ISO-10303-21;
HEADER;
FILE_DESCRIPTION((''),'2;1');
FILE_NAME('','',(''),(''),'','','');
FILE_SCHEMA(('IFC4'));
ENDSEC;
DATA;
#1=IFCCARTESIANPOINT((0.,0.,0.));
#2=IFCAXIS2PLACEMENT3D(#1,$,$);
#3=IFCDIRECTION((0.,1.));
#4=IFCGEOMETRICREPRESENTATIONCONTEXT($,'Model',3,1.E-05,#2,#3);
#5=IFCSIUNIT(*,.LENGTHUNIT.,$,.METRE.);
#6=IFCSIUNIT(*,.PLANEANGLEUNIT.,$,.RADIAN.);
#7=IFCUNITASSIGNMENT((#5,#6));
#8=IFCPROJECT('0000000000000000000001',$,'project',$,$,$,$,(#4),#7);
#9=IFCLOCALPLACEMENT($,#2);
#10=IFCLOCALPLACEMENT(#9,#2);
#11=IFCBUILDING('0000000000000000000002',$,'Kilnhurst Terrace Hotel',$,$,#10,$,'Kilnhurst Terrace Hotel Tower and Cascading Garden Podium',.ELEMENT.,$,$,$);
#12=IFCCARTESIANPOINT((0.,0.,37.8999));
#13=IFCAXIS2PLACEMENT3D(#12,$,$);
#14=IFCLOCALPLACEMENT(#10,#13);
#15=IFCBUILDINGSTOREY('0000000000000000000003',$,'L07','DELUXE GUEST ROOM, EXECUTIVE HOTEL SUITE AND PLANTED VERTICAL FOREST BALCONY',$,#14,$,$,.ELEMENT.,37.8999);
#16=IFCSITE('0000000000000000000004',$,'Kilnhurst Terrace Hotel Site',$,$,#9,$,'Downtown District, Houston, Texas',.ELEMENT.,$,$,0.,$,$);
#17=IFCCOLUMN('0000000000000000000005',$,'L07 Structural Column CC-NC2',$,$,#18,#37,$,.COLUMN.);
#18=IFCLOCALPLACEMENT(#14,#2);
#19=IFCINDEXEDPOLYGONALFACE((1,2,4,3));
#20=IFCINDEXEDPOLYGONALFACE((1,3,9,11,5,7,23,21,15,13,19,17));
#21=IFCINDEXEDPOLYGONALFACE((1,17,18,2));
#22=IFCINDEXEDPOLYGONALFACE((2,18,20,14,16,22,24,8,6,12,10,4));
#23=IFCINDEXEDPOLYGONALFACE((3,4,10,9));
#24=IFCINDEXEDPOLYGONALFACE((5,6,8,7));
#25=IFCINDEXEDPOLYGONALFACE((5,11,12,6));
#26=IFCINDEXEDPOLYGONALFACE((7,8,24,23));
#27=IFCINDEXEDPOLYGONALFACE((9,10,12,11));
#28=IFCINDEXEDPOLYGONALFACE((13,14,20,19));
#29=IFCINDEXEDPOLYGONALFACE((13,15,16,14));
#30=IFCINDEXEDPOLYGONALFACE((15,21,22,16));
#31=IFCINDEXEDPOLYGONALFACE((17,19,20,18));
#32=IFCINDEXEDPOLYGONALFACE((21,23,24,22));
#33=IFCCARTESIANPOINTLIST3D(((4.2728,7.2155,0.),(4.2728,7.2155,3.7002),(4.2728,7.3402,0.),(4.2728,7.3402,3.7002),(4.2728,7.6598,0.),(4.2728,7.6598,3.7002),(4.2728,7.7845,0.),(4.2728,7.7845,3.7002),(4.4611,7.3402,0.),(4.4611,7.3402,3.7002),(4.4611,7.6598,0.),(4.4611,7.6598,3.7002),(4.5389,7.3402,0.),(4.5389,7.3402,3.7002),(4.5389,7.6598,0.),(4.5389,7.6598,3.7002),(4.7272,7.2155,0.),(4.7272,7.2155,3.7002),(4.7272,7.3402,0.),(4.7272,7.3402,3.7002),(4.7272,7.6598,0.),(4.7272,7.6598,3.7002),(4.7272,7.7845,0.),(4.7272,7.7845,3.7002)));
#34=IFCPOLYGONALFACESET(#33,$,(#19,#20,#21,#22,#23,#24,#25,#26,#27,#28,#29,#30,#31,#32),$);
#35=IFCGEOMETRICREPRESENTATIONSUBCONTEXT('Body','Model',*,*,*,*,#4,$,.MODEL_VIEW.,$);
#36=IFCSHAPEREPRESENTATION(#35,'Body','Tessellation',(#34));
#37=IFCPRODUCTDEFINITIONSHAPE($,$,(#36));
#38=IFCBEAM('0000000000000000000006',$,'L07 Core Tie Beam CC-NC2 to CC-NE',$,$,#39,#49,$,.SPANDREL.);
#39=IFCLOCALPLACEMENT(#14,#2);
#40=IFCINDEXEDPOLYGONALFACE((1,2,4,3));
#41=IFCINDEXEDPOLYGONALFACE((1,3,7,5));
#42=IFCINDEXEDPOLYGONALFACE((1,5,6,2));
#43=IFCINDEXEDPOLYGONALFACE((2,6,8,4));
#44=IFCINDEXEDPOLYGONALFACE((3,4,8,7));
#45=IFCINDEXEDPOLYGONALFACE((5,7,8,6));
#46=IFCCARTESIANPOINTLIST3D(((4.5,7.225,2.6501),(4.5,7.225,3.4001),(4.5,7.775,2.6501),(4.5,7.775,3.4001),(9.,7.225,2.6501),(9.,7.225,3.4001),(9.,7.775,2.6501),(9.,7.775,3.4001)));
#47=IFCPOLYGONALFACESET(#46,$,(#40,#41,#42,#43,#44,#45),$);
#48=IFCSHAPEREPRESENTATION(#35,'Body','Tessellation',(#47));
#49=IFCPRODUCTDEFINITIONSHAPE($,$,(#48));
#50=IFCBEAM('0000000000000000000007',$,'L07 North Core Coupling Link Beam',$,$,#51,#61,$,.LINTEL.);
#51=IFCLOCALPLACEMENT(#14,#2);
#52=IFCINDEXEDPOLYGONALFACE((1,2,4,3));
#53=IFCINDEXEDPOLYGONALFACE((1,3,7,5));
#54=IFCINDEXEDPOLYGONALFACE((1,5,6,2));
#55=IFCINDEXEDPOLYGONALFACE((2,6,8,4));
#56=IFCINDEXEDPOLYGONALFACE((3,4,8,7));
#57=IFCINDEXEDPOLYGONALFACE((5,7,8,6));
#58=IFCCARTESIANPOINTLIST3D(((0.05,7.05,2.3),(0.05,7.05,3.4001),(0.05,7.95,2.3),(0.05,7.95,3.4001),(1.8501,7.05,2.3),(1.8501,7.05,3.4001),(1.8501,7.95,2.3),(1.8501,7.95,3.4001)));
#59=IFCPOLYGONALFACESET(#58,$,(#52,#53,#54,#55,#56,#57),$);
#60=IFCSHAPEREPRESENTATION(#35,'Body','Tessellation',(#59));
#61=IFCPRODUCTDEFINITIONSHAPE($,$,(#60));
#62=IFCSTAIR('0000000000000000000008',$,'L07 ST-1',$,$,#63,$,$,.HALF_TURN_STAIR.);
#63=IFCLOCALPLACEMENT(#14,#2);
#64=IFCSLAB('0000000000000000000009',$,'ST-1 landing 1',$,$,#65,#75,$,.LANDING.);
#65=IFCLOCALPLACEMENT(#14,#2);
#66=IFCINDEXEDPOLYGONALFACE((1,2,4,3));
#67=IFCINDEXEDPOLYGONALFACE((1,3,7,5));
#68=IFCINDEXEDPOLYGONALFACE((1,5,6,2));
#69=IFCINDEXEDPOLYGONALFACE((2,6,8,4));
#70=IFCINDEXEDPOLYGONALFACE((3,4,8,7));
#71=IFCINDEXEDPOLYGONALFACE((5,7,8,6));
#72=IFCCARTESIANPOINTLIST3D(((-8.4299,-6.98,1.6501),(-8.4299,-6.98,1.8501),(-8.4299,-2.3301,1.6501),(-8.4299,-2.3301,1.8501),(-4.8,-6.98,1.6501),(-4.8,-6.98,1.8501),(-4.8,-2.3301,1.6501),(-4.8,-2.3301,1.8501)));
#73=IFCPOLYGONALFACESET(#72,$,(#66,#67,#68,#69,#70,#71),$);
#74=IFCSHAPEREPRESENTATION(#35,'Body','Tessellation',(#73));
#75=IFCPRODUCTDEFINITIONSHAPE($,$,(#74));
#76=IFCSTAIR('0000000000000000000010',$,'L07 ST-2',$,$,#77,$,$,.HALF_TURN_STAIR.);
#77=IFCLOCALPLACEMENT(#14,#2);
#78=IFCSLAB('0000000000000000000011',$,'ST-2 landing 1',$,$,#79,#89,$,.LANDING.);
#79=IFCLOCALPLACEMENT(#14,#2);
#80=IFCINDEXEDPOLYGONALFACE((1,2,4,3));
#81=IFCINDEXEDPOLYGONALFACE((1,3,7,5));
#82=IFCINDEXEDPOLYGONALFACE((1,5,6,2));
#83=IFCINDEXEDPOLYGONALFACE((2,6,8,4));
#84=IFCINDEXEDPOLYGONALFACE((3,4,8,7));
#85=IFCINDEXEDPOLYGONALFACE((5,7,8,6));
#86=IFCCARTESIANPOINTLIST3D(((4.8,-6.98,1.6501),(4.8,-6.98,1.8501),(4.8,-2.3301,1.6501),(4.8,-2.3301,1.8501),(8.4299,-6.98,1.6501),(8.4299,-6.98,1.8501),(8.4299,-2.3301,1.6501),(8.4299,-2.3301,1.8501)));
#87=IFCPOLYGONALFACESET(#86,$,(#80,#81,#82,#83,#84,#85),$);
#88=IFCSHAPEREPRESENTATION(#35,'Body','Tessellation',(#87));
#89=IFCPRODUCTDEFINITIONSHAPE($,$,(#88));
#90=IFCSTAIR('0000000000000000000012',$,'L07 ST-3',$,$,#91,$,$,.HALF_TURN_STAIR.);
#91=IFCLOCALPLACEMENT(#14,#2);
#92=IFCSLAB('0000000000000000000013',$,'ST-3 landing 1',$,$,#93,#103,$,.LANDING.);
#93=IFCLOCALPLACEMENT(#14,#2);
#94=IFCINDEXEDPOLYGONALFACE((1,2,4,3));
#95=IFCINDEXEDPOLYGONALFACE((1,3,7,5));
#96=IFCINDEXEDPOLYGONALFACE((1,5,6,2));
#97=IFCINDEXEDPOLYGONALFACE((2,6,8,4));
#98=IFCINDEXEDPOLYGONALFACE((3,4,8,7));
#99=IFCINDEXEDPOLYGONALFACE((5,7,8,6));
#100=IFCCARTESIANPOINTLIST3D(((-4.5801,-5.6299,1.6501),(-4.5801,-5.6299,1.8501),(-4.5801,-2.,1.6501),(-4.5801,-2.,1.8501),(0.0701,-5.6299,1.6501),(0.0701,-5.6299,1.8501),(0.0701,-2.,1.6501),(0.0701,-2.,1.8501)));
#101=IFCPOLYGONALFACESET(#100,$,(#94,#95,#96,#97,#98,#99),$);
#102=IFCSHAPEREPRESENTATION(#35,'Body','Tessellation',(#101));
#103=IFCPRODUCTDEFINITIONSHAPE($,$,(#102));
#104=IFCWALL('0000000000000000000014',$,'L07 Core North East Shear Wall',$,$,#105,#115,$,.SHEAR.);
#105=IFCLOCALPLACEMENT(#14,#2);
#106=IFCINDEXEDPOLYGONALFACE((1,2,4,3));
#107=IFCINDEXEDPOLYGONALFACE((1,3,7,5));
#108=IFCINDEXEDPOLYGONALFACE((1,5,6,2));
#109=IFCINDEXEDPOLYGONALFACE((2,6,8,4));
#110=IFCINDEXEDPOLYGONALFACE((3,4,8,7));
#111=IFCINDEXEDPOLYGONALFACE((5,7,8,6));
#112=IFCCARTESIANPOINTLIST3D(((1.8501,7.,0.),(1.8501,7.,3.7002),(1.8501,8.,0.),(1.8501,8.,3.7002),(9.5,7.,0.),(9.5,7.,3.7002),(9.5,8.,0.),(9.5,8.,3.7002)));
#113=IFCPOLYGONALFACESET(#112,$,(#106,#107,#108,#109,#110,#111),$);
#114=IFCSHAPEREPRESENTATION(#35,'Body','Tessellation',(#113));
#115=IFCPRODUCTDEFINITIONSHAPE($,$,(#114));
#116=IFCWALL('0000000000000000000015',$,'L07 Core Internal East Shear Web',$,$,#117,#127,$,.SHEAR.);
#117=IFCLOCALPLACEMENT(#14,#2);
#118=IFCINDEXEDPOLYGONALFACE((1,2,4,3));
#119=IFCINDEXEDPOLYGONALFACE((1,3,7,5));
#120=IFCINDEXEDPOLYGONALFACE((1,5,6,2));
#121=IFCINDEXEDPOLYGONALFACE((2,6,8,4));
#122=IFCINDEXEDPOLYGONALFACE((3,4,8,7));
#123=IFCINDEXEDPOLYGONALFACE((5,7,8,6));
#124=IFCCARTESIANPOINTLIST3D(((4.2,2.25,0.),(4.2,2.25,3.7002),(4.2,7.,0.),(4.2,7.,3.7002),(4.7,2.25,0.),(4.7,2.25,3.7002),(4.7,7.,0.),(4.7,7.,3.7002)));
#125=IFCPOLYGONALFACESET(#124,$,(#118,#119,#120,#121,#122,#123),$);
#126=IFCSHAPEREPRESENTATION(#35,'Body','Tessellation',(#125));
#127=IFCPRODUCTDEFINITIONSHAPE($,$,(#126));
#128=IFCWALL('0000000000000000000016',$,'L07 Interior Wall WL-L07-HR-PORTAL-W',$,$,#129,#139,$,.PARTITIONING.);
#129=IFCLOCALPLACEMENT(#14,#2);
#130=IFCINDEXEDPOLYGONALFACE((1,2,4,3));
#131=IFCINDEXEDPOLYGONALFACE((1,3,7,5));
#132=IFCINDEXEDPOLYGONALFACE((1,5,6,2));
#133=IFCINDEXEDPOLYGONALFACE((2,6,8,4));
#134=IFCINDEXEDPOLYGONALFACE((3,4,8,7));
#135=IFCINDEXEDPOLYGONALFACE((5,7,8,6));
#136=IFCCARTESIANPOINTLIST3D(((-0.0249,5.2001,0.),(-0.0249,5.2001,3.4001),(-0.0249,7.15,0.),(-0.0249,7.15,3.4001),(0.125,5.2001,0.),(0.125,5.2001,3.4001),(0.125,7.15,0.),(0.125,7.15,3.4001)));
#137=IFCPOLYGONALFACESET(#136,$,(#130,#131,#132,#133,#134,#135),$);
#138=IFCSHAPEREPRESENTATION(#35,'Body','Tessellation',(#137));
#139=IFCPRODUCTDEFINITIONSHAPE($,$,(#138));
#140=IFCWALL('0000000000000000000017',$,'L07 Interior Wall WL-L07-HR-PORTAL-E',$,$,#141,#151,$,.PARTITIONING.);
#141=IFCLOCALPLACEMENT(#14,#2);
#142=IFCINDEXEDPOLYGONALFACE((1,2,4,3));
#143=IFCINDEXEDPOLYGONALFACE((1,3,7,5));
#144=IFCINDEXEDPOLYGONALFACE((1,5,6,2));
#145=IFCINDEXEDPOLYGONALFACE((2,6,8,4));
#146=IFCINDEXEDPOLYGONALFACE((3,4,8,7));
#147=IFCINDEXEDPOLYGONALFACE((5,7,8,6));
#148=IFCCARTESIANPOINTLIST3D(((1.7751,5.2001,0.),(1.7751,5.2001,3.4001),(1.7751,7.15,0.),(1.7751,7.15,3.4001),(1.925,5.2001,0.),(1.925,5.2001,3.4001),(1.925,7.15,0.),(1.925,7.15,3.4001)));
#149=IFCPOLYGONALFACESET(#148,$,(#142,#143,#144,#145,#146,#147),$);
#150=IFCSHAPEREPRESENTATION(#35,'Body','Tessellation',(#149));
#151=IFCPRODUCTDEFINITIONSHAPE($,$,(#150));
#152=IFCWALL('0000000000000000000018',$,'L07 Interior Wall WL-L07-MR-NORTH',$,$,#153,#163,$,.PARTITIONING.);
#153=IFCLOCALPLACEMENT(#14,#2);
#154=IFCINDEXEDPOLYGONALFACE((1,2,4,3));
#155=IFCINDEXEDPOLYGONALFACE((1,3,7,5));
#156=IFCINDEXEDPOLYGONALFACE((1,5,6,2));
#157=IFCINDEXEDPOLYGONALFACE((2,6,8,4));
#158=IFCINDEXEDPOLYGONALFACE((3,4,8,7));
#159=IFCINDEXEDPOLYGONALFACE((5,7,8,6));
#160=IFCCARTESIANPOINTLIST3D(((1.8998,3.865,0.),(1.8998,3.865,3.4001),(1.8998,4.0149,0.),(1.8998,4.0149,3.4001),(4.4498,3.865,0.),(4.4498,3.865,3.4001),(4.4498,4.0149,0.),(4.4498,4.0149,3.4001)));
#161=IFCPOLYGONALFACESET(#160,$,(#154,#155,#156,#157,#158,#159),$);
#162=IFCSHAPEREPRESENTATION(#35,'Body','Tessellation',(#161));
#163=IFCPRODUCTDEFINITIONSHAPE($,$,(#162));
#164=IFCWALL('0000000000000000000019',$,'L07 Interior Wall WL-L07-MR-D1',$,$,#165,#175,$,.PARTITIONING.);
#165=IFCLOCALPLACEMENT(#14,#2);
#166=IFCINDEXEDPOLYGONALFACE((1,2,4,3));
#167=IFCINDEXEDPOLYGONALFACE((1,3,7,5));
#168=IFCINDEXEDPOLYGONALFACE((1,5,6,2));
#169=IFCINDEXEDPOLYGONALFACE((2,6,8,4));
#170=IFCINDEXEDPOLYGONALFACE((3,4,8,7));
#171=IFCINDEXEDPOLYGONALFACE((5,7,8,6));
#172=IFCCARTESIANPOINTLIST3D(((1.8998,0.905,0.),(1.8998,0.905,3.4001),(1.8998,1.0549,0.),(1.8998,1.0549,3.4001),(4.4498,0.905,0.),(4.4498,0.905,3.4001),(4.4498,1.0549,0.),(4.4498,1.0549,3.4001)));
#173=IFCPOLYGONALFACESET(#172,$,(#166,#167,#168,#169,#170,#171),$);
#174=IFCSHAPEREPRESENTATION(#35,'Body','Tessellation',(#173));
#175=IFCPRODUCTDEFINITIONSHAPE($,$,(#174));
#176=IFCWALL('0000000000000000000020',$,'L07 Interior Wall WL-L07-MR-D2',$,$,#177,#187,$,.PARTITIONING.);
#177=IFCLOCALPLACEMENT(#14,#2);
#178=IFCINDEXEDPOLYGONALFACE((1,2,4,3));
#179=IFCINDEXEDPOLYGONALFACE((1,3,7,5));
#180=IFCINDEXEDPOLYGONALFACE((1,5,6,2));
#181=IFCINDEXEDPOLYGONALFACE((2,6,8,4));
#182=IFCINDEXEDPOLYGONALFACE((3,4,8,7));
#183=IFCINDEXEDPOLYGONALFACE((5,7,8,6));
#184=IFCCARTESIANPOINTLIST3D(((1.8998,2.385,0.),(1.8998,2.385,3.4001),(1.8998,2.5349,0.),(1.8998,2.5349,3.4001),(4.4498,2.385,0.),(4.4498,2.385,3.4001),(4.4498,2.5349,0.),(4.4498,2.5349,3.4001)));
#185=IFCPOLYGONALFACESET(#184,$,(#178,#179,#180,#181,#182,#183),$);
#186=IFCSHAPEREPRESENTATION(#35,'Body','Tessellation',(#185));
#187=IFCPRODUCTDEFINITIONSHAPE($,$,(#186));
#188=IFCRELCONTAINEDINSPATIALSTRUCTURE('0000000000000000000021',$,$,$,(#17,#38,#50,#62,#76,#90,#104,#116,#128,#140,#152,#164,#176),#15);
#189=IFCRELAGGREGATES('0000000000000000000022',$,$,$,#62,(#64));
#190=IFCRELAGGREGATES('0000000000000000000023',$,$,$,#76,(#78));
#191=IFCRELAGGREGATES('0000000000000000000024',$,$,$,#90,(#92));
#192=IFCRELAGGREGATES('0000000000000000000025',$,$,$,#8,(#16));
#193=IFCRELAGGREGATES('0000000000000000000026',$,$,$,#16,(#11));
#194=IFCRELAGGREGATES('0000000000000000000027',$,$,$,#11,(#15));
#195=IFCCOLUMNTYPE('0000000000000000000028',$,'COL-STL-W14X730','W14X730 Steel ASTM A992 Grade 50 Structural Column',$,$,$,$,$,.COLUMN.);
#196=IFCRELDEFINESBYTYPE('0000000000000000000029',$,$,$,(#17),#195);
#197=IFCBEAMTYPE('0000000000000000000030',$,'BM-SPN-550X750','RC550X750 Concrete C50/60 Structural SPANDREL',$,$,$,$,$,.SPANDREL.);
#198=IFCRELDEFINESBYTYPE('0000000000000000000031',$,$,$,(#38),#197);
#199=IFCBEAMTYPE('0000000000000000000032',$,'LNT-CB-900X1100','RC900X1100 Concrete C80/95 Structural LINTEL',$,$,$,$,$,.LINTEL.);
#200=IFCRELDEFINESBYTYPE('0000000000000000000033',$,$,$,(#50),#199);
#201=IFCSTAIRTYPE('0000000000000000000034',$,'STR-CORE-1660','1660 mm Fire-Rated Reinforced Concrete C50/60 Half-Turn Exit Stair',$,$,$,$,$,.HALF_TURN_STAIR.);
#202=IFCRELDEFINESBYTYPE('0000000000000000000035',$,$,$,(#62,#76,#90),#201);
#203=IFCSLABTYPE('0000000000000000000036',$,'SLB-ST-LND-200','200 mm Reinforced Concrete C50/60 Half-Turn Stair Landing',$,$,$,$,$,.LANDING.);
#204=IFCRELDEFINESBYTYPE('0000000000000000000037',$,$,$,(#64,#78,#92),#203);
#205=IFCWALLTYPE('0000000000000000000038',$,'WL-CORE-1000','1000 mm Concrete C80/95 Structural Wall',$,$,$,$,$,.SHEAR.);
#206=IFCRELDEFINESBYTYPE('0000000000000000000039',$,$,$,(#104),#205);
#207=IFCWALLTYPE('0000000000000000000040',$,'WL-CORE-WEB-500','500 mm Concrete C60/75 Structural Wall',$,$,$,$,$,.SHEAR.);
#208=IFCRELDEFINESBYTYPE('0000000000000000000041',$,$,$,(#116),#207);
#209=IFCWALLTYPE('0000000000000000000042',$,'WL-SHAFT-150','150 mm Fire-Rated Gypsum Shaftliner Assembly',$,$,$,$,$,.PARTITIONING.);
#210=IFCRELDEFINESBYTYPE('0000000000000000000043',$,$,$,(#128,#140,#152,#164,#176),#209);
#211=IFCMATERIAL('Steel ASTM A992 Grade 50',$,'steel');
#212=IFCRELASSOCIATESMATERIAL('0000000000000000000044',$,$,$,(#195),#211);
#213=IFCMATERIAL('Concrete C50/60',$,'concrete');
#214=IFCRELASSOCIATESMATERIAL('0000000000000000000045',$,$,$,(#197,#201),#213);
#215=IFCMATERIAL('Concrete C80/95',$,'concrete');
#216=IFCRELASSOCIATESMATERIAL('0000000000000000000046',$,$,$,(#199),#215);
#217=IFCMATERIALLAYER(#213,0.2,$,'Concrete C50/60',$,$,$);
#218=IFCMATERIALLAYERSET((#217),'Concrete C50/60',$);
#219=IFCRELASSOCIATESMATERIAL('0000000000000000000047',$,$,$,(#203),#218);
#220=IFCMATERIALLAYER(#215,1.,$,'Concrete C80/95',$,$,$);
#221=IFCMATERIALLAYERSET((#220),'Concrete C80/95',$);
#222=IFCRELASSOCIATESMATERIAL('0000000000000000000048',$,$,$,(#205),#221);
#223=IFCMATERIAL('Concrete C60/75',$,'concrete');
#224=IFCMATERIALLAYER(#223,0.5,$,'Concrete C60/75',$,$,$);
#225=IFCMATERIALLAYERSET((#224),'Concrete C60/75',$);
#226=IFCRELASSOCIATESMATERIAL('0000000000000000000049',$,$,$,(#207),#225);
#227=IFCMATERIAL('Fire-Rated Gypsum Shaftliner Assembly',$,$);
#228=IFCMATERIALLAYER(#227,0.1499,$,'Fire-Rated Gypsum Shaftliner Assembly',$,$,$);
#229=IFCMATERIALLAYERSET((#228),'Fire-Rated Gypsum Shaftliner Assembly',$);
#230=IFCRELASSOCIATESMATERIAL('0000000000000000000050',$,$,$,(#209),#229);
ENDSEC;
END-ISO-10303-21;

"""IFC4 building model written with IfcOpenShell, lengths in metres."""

from ifc_helpers import new_model, si_unit, direction, frame, frame_2d, origin, origin_2d, place, context, subcontext, project, spatial, polyline, rectangle, i_section, outline, extrude, material, layer, layer_set, material_profile, profile_set, type_object, element, aggregate, save


model = new_model("IFC4")

# Units and contexts
model_context = context("Model", 3, precision=1e-05, world=origin(), true_north=direction((0.0, 1.0)))
body_context = subcontext(model_context, "Body", "Model", "MODEL_VIEW")
ifc_project = project(units=[si_unit("LENGTHUNIT", "METRE"), si_unit("PLANEANGLEUNIT", "RADIAN")], contexts=[model_context])

# Site, building, storey
site_placement = place(None, origin())
site = spatial("IfcSite", under=ifc_project, at=site_placement, Name="Kilnhurst Terrace Hotel Site", LongName="Downtown District, Houston, Texas", CompositionType="ELEMENT", RefElevation=0.0)
building_placement = place(site_placement, origin())
building = spatial("IfcBuilding", under=site, at=building_placement, Name="Kilnhurst Terrace Hotel", LongName="Kilnhurst Terrace Hotel Tower and Cascading Garden Podium", CompositionType="ELEMENT")
storey_placement = place(building_placement, frame((0.0, 0.0, 37.8999)))
storey = spatial("IfcBuildingStorey", under=building, at=storey_placement, Name="L07", Description="DELUXE GUEST ROOM, EXECUTIVE HOTEL SUITE AND PLANTED VERTICAL FOREST BALCONY", CompositionType="ELEMENT", Elevation=37.8999)

# Column
ifc_material_1 = material(Name="Steel ASTM A992 Grade 50", Category="steel")
ifc_material_profile_1 = material_profile(ifc_material_1, i_section(OverallWidth=0.4543, OverallDepth=0.5691, WebThickness=0.0779, FlangeThickness=0.1248, at=origin_2d()), Name="W14X730")
ifc_profile_set_1 = profile_set([ifc_material_profile_1], Name="Steel ASTM A992 Grade 50")
column_type = type_object("IfcColumnType", Name="COL-STL-W14X730", Description="W14X730 Steel ASTM A992 Grade 50 Structural Column", PredefinedType="COLUMN", material=ifc_profile_set_1)
column_placement = place(storey_placement, frame((4.5, 7.5, 0.0), z_axis=(0.0, 0.0, 1.0), x_axis=(1.0, 0.0, 0.0)))
element("IfcColumn", 1, at=column_placement, inside=storey, type_object=column_type, Name="L07 Structural Column CC-NC2", PredefinedType="COLUMN", context=body_context, shape_type="SweptSolid", body=[
    extrude(i_section(OverallWidth=0.4543, OverallDepth=0.5691, WebThickness=0.0779, FlangeThickness=0.1248, at=origin_2d()), origin(), (0.0, 0.0, 1.0), 3.7002),
])

# Beams
ifc_material_2 = material(Name="Concrete C50/60", Category="concrete")
ifc_material_profile_2 = material_profile(ifc_material_2, rectangle(XDim=0.55, YDim=0.75, at=origin_2d()), Name="RC550X750")
ifc_profile_set_2 = profile_set([ifc_material_profile_2], Name="Concrete C50/60")
beam_type_1 = type_object("IfcBeamType", Name="BM-SPN-550X750", Description="RC550X750 Concrete C50/60 Structural SPANDREL", PredefinedType="SPANDREL", material=ifc_profile_set_2)
beam_1_placement = place(storey_placement, frame((4.5, 7.5, 3.0251), z_axis=(1.0, 0.0, 0.0), x_axis=(0.0, 1.0, 0.0)))
element("IfcBeam", 2, at=beam_1_placement, inside=storey, type_object=beam_type_1, Name="L07 Core Tie Beam CC-NC2 to CC-NE", PredefinedType="SPANDREL", context=body_context, shape_type="SweptSolid", body=[
    extrude(rectangle(XDim=0.55, YDim=0.75, at=origin_2d()), origin(), (0.0, 0.0, 1.0), 4.5),
])
ifc_material_3 = material(Name="Concrete C80/95", Category="concrete")
ifc_material_profile_3 = material_profile(ifc_material_3, rectangle(XDim=0.8999, YDim=1.1001, at=origin_2d()), Name="RC900X1100")
ifc_profile_set_3 = profile_set([ifc_material_profile_3], Name="Concrete C80/95")
beam_type_2 = type_object("IfcBeamType", Name="LNT-CB-900X1100", Description="RC900X1100 Concrete C80/95 Structural LINTEL", PredefinedType="LINTEL", material=ifc_profile_set_3)
beam_2_placement = place(storey_placement, frame((0.05, 7.5, 2.8501), z_axis=(1.0, 0.0, 0.0), x_axis=(0.0, 1.0, 0.0)))
element("IfcBeam", 3, at=beam_2_placement, inside=storey, type_object=beam_type_2, Name="L07 North Core Coupling Link Beam", PredefinedType="LINTEL", context=body_context, shape_type="SweptSolid", body=[
    extrude(rectangle(XDim=0.8999, YDim=1.1001, at=origin_2d()), origin(), (0.0, 0.0, 1.0), 1.8),
])

# Stairs, slabs
stair_type = type_object("IfcStairType", Name="STR-CORE-1660", Description="1660 mm Fire-Rated Reinforced Concrete C50/60 Half-Turn Exit Stair", PredefinedType="HALF_TURN_STAIR", material=ifc_material_2)
stair_1_placement = place(storey_placement, origin())
stair_1 = element("IfcStair", 4, at=stair_1_placement, inside=storey, type_object=stair_type, Name="L07 ST-1", PredefinedType="HALF_TURN_STAIR")
ifc_layer_1 = layer(ifc_material_2, 0.2, Name="Concrete C50/60")
ifc_layer_set_1 = layer_set([ifc_layer_1], Name="Concrete C50/60")
slab_type = type_object("IfcSlabType", Name="SLB-ST-LND-200", Description="200 mm Reinforced Concrete C50/60 Half-Turn Stair Landing", PredefinedType="LANDING", material=ifc_layer_set_1)
slab_1_placement = place(storey_placement, frame((0.0, 0.0, 1.6501)))
slab_1 = element("IfcSlab", 5, at=slab_1_placement, type_object=slab_type, Name="ST-1 landing 1", PredefinedType="LANDING", context=body_context, shape_type="SweptSolid", body=[
    extrude(outline(polyline([(-8.4299, -2.3301), (-4.8, -2.3301), (-4.8, -6.98), (-8.4299, -6.98), (-8.4299, -2.3301)])), origin(), (0.0, 0.0, 1.0), 0.2),
])
aggregate(stair_1, [slab_1])
stair_2_placement = place(storey_placement, origin())
stair_2 = element("IfcStair", 6, at=stair_2_placement, inside=storey, type_object=stair_type, Name="L07 ST-2", PredefinedType="HALF_TURN_STAIR")
slab_2_placement = place(storey_placement, frame((0.0, 0.0, 1.6501)))
slab_2 = element("IfcSlab", 7, at=slab_2_placement, type_object=slab_type, Name="ST-2 landing 1", PredefinedType="LANDING", context=body_context, shape_type="SweptSolid", body=[
    extrude(outline(polyline([(4.8, -2.3301), (8.4299, -2.3301), (8.4299, -6.98), (4.8, -6.98), (4.8, -2.3301)])), origin(), (0.0, 0.0, 1.0), 0.2),
])
aggregate(stair_2, [slab_2])
stair_3_placement = place(storey_placement, origin())
stair_3 = element("IfcStair", 8, at=stair_3_placement, inside=storey, type_object=stair_type, Name="L07 ST-3", PredefinedType="HALF_TURN_STAIR")
slab_3_placement = place(storey_placement, frame((0.0, 0.0, 1.6501)))
slab_3 = element("IfcSlab", 9, at=slab_3_placement, type_object=slab_type, Name="ST-3 landing 1", PredefinedType="LANDING", context=body_context, shape_type="SweptSolid", body=[
    extrude(outline(polyline([(0.0701, -2.0), (0.0701, -5.6299), (-4.5801, -5.6299), (-4.5801, -2.0), (0.0701, -2.0)])), origin(), (0.0, 0.0, 1.0), 0.2),
])
aggregate(stair_3, [slab_3])

# Walls
ifc_layer_2 = layer(ifc_material_3, 1.0, Name="Concrete C80/95")
ifc_layer_set_2 = layer_set([ifc_layer_2], Name="Concrete C80/95")
wall_type_1 = type_object("IfcWallType", Name="WL-CORE-1000", Description="1000 mm Concrete C80/95 Structural Wall", PredefinedType="SHEAR", material=ifc_layer_set_2)
wall_1_placement = place(storey_placement, frame((1.8501, 7.5, 0.0), z_axis=(0.0, 0.0, 1.0), x_axis=(1.0, 0.0, 0.0)))
element("IfcWall", 10, at=wall_1_placement, inside=storey, type_object=wall_type_1, Name="L07 Core North East Shear Wall", PredefinedType="SHEAR", context=body_context, shape_type="SweptSolid", body=[
    extrude(rectangle(XDim=7.6499, YDim=1.0, at=frame_2d((3.825, 0.0))), origin(), (0.0, 0.0, 1.0), 3.7002),
])
ifc_material_4 = material(Name="Concrete C60/75", Category="concrete")
ifc_layer_3 = layer(ifc_material_4, 0.5, Name="Concrete C60/75")
ifc_layer_set_3 = layer_set([ifc_layer_3], Name="Concrete C60/75")
wall_type_2 = type_object("IfcWallType", Name="WL-CORE-WEB-500", Description="500 mm Concrete C60/75 Structural Wall", PredefinedType="SHEAR", material=ifc_layer_set_3)
wall_2_placement = place(storey_placement, frame((4.45, 2.25, 0.0), z_axis=(0.0, 0.0, 1.0), x_axis=(0.0, 1.0, 0.0)))
element("IfcWall", 11, at=wall_2_placement, inside=storey, type_object=wall_type_2, Name="L07 Core Internal East Shear Web", PredefinedType="SHEAR", context=body_context, shape_type="SweptSolid", body=[
    extrude(rectangle(XDim=4.75, YDim=0.5, at=frame_2d((2.375, 0.0))), origin(), (0.0, 0.0, 1.0), 3.7002),
])
ifc_material_5 = material(Name="Fire-Rated Gypsum Shaftliner Assembly")
ifc_layer_4 = layer(ifc_material_5, 0.1499, Name="Fire-Rated Gypsum Shaftliner Assembly")
ifc_layer_set_4 = layer_set([ifc_layer_4], Name="Fire-Rated Gypsum Shaftliner Assembly")
wall_type_3 = type_object("IfcWallType", Name="WL-SHAFT-150", Description="150 mm Fire-Rated Gypsum Shaftliner Assembly", PredefinedType="PARTITIONING", material=ifc_layer_set_4)
for number, where, z_axis, x_axis, name in (
    (12, (0.05, 5.2, 0.0), (0.0, 0.0, 1.0), (0.0, 1.0, 0.0), "L07 Interior Wall WL-L07-HR-PORTAL-W"),
    (13, (1.8501, 5.2, 0.0), (0.0, 0.0, 1.0), (0.0, 1.0, 0.0), "L07 Interior Wall WL-L07-HR-PORTAL-E"),
):
    element("IfcWall", number, at=place(storey_placement, frame(where, z_axis=z_axis, x_axis=x_axis)), inside=storey, type_object=wall_type_3, Name=name, PredefinedType="PARTITIONING", context=body_context, shape_type="SweptSolid", body=[
        extrude(rectangle(XDim=1.95, YDim=0.1499, at=frame_2d((0.9751, 0.0))), origin(), (0.0, 0.0, 1.0), 3.4001),
    ])
for number, where, z_axis, x_axis, name in (
    (14, (1.8999, 3.9399, 0.0), (0.0, 0.0, 1.0), (1.0, 0.0, 0.0), "L07 Interior Wall WL-L07-MR-NORTH"),
    (15, (1.8999, 0.98, 0.0), (0.0, 0.0, 1.0), (1.0, 0.0, 0.0), "L07 Interior Wall WL-L07-MR-D1"),
    (16, (1.8999, 2.46, 0.0), (0.0, 0.0, 1.0), (1.0, 0.0, 0.0), "L07 Interior Wall WL-L07-MR-D2"),
):
    element("IfcWall", number, at=place(storey_placement, frame(where, z_axis=z_axis, x_axis=x_axis)), inside=storey, type_object=wall_type_3, Name=name, PredefinedType="PARTITIONING", context=body_context, shape_type="SweptSolid", body=[
        extrude(rectangle(XDim=2.55, YDim=0.1499, at=frame_2d((1.2749, 0.0))), origin(), (0.0, 0.0, 1.0), 3.4001),
    ])

save(model, "model.ifc")
